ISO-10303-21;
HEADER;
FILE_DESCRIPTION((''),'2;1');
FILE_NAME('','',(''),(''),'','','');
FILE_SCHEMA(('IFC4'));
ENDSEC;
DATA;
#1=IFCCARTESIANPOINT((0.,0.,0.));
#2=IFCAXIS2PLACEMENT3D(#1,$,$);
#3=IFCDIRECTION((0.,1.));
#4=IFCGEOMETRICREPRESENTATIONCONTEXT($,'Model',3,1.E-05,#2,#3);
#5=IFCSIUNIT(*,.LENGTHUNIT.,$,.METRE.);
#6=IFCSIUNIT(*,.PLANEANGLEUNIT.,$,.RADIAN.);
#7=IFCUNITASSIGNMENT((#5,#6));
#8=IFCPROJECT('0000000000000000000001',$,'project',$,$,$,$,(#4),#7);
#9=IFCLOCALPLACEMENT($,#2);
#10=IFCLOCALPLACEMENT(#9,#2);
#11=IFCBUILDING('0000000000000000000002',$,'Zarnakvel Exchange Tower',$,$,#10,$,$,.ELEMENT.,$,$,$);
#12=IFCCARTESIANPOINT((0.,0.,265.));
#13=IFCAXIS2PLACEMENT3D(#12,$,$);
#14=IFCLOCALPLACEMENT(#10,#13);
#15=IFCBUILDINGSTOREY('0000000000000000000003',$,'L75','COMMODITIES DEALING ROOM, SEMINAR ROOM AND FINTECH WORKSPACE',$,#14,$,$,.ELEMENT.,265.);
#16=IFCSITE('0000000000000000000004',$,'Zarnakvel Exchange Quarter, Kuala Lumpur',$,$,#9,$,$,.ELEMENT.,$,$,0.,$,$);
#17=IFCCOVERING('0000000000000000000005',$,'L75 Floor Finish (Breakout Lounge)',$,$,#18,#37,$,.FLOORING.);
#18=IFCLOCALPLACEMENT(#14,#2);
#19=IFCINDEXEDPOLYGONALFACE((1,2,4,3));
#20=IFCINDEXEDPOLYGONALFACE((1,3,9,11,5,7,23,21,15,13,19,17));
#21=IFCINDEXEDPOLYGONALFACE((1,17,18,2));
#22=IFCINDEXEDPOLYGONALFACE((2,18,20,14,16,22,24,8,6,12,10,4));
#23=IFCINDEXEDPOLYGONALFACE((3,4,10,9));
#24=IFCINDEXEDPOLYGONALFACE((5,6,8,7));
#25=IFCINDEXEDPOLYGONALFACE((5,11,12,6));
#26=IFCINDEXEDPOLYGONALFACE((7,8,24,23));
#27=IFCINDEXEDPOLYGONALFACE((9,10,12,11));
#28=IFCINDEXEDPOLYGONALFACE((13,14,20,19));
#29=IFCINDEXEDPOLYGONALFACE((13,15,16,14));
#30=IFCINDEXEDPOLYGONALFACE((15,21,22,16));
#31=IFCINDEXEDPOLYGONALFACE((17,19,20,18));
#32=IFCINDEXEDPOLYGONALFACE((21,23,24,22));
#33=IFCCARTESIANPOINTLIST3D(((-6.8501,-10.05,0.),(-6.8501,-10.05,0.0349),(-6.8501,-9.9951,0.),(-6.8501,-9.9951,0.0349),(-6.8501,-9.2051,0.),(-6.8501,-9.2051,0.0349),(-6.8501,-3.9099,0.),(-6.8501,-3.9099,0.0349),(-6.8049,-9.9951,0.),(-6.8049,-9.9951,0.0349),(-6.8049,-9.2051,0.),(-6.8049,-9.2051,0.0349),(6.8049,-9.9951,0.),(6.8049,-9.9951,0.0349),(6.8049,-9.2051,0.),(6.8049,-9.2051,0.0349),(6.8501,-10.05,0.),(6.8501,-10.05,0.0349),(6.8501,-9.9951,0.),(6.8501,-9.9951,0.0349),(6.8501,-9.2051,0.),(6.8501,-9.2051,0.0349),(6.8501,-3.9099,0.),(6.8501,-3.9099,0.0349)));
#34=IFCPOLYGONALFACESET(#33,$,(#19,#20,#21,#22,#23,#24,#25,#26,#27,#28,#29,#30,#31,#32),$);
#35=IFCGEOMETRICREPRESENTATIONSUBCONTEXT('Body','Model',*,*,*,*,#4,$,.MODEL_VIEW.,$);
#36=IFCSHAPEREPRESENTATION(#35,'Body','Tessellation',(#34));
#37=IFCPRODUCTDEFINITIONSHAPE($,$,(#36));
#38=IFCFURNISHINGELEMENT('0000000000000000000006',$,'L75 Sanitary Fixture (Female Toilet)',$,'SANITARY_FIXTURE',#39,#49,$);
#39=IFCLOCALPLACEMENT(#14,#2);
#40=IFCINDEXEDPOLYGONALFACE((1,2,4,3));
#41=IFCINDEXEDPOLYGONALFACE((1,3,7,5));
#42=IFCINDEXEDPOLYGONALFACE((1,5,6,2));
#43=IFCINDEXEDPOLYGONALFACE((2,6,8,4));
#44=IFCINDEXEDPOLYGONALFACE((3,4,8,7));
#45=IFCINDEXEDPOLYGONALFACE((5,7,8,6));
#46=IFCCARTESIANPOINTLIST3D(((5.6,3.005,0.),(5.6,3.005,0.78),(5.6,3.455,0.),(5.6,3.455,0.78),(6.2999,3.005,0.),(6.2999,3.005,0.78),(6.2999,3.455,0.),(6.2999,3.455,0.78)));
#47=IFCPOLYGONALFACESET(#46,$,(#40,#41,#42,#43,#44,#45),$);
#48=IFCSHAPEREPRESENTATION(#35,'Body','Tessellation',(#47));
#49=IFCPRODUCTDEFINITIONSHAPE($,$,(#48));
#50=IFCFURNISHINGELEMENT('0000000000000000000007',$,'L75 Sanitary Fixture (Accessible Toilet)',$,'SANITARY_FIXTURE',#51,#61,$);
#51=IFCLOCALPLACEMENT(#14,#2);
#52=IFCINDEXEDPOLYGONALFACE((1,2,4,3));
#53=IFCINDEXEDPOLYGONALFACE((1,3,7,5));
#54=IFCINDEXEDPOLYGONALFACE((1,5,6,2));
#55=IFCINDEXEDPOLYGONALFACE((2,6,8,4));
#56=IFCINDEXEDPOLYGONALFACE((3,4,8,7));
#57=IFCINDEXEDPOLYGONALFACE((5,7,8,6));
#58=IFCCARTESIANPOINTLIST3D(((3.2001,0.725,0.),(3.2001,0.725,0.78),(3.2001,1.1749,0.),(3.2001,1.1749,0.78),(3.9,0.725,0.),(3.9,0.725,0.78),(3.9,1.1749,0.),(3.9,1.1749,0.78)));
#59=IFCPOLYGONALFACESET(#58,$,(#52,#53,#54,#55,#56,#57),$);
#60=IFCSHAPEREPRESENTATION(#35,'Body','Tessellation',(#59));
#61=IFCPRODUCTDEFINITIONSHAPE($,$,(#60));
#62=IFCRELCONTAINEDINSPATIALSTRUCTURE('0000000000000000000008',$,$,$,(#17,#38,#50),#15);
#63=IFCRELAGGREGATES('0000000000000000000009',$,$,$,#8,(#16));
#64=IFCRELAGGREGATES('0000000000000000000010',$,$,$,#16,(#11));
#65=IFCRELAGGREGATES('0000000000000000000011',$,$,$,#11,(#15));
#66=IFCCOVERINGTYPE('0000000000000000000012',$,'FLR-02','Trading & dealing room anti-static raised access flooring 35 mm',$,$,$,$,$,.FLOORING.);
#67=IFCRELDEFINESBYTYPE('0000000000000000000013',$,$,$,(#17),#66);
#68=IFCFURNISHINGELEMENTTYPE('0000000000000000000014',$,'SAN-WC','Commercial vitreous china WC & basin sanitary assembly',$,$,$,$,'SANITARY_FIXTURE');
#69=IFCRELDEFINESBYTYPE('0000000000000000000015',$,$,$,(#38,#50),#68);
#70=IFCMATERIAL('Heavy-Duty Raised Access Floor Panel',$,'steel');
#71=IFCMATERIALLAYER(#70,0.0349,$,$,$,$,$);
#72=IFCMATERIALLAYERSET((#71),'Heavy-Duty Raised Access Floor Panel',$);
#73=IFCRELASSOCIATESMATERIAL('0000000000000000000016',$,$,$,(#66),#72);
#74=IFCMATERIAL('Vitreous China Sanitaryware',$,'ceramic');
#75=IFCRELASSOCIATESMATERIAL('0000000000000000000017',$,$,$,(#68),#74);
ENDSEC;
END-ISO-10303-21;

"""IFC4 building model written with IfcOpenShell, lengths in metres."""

from ifc_helpers import new_model, si_unit, direction, frame, origin, origin_2d, place, context, subcontext, project, spatial, polyline, rectangle, outline, extrude, source, transform, mapped, material, layer, layer_set, type_object, element, save


model = new_model("IFC4")

# Units and contexts
model_context = context("Model", 3, precision=1e-05, world=origin(), true_north=direction((0.0, 1.0)))
body_context = subcontext(model_context, "Body", "Model", "MODEL_VIEW")
ifc_project = project(units=[si_unit("LENGTHUNIT", "METRE"), si_unit("PLANEANGLEUNIT", "RADIAN")], contexts=[model_context])

# Site, building, storey
site_placement = place(None, origin())
site = spatial("IfcSite", under=ifc_project, at=site_placement, Name="Zarnakvel Exchange Quarter, Kuala Lumpur", CompositionType="ELEMENT", RefElevation=0.0)
building_placement = place(site_placement, origin())
building = spatial("IfcBuilding", under=site, at=building_placement, Name="Zarnakvel Exchange Tower", CompositionType="ELEMENT")
storey_placement = place(building_placement, frame((0.0, 0.0, 265.0)))
storey = spatial("IfcBuildingStorey", under=building, at=storey_placement, Name="L75", Description="COMMODITIES DEALING ROOM, SEMINAR ROOM AND FINTECH WORKSPACE", CompositionType="ELEMENT", Elevation=265.0)

# Covering
ifc_material_1 = material(Name="Heavy-Duty Raised Access Floor Panel", Category="steel")
ifc_layer_1 = layer(ifc_material_1, 0.0349)
ifc_layer_set_1 = layer_set([ifc_layer_1], Name="Heavy-Duty Raised Access Floor Panel")
covering_type_1 = type_object("IfcCoveringType", Name="FLR-02", Description="Trading & dealing room anti-static raised access flooring 35 mm", PredefinedType="FLOORING", material=ifc_layer_set_1)
covering_1_placement = place(storey_placement, origin())
element("IfcCovering", 1, at=covering_1_placement, inside=storey, type_object=covering_type_1, Name="L75 Floor Finish (Breakout Lounge)", PredefinedType="FLOORING", context=body_context, shape_type="SweptSolid", body=[
    extrude(outline(polyline([(-6.8501, -9.9951), (-6.8049, -9.9951), (-6.8049, -9.2051), (-6.8501, -9.2051), (-6.8501, -3.9099), (6.8501, -3.9099), (6.8501, -9.2051), (6.8049, -9.2051), (6.8049, -9.9951), (6.8501, -9.9951), (6.8501, -10.05), (-6.8501, -10.05), (-6.8501, -9.9951)])), origin(), (0.0, 0.0, 1.0), 0.0349),
])

# Furnishing elements
ifc_material_2 = material(Name="Vitreous China Sanitaryware", Category="ceramic")
furnishing_element_type = type_object("IfcFurnishingElementType", Name="SAN-WC", Description="Commercial vitreous china WC & basin sanitary assembly", ElementType="SANITARY_FIXTURE", material=ifc_material_2)
shared_shape_1 = source(origin(), body_context, "Body", "SweptSolid", [
    extrude(rectangle(XDim=0.7, YDim=0.45, at=origin_2d()), origin(), (0.0, 0.0, 1.0), 0.78),
])
for number, where, z_axis, x_axis, name in (
    (2, (5.95, 3.23, 0.0), (0.0, 0.0, 1.0), (1.0, 0.0, 0.0), "L75 Sanitary Fixture (Female Toilet)"),
    (3, (3.55, 0.95, 0.0), (0.0, 0.0, 1.0), (1.0, 0.0, 0.0), "L75 Sanitary Fixture (Accessible Toilet)"),
):
    element("IfcFurnishingElement", number, at=place(storey_placement, frame(where, z_axis=z_axis, x_axis=x_axis)), inside=storey, type_object=furnishing_element_type, Name=name, ObjectType="SANITARY_FIXTURE", context=body_context, shape_type="MappedRepresentation", body=[
        mapped(shared_shape_1, transform((0.0, 0.0, 0.0), x_axis=(1.0, 0.0, 0.0), y_axis=(0.0, 1.0, 0.0), z_axis=(0.0, 0.0, 1.0), scale=1.0)),
    ])

save(model, "model.ifc")
